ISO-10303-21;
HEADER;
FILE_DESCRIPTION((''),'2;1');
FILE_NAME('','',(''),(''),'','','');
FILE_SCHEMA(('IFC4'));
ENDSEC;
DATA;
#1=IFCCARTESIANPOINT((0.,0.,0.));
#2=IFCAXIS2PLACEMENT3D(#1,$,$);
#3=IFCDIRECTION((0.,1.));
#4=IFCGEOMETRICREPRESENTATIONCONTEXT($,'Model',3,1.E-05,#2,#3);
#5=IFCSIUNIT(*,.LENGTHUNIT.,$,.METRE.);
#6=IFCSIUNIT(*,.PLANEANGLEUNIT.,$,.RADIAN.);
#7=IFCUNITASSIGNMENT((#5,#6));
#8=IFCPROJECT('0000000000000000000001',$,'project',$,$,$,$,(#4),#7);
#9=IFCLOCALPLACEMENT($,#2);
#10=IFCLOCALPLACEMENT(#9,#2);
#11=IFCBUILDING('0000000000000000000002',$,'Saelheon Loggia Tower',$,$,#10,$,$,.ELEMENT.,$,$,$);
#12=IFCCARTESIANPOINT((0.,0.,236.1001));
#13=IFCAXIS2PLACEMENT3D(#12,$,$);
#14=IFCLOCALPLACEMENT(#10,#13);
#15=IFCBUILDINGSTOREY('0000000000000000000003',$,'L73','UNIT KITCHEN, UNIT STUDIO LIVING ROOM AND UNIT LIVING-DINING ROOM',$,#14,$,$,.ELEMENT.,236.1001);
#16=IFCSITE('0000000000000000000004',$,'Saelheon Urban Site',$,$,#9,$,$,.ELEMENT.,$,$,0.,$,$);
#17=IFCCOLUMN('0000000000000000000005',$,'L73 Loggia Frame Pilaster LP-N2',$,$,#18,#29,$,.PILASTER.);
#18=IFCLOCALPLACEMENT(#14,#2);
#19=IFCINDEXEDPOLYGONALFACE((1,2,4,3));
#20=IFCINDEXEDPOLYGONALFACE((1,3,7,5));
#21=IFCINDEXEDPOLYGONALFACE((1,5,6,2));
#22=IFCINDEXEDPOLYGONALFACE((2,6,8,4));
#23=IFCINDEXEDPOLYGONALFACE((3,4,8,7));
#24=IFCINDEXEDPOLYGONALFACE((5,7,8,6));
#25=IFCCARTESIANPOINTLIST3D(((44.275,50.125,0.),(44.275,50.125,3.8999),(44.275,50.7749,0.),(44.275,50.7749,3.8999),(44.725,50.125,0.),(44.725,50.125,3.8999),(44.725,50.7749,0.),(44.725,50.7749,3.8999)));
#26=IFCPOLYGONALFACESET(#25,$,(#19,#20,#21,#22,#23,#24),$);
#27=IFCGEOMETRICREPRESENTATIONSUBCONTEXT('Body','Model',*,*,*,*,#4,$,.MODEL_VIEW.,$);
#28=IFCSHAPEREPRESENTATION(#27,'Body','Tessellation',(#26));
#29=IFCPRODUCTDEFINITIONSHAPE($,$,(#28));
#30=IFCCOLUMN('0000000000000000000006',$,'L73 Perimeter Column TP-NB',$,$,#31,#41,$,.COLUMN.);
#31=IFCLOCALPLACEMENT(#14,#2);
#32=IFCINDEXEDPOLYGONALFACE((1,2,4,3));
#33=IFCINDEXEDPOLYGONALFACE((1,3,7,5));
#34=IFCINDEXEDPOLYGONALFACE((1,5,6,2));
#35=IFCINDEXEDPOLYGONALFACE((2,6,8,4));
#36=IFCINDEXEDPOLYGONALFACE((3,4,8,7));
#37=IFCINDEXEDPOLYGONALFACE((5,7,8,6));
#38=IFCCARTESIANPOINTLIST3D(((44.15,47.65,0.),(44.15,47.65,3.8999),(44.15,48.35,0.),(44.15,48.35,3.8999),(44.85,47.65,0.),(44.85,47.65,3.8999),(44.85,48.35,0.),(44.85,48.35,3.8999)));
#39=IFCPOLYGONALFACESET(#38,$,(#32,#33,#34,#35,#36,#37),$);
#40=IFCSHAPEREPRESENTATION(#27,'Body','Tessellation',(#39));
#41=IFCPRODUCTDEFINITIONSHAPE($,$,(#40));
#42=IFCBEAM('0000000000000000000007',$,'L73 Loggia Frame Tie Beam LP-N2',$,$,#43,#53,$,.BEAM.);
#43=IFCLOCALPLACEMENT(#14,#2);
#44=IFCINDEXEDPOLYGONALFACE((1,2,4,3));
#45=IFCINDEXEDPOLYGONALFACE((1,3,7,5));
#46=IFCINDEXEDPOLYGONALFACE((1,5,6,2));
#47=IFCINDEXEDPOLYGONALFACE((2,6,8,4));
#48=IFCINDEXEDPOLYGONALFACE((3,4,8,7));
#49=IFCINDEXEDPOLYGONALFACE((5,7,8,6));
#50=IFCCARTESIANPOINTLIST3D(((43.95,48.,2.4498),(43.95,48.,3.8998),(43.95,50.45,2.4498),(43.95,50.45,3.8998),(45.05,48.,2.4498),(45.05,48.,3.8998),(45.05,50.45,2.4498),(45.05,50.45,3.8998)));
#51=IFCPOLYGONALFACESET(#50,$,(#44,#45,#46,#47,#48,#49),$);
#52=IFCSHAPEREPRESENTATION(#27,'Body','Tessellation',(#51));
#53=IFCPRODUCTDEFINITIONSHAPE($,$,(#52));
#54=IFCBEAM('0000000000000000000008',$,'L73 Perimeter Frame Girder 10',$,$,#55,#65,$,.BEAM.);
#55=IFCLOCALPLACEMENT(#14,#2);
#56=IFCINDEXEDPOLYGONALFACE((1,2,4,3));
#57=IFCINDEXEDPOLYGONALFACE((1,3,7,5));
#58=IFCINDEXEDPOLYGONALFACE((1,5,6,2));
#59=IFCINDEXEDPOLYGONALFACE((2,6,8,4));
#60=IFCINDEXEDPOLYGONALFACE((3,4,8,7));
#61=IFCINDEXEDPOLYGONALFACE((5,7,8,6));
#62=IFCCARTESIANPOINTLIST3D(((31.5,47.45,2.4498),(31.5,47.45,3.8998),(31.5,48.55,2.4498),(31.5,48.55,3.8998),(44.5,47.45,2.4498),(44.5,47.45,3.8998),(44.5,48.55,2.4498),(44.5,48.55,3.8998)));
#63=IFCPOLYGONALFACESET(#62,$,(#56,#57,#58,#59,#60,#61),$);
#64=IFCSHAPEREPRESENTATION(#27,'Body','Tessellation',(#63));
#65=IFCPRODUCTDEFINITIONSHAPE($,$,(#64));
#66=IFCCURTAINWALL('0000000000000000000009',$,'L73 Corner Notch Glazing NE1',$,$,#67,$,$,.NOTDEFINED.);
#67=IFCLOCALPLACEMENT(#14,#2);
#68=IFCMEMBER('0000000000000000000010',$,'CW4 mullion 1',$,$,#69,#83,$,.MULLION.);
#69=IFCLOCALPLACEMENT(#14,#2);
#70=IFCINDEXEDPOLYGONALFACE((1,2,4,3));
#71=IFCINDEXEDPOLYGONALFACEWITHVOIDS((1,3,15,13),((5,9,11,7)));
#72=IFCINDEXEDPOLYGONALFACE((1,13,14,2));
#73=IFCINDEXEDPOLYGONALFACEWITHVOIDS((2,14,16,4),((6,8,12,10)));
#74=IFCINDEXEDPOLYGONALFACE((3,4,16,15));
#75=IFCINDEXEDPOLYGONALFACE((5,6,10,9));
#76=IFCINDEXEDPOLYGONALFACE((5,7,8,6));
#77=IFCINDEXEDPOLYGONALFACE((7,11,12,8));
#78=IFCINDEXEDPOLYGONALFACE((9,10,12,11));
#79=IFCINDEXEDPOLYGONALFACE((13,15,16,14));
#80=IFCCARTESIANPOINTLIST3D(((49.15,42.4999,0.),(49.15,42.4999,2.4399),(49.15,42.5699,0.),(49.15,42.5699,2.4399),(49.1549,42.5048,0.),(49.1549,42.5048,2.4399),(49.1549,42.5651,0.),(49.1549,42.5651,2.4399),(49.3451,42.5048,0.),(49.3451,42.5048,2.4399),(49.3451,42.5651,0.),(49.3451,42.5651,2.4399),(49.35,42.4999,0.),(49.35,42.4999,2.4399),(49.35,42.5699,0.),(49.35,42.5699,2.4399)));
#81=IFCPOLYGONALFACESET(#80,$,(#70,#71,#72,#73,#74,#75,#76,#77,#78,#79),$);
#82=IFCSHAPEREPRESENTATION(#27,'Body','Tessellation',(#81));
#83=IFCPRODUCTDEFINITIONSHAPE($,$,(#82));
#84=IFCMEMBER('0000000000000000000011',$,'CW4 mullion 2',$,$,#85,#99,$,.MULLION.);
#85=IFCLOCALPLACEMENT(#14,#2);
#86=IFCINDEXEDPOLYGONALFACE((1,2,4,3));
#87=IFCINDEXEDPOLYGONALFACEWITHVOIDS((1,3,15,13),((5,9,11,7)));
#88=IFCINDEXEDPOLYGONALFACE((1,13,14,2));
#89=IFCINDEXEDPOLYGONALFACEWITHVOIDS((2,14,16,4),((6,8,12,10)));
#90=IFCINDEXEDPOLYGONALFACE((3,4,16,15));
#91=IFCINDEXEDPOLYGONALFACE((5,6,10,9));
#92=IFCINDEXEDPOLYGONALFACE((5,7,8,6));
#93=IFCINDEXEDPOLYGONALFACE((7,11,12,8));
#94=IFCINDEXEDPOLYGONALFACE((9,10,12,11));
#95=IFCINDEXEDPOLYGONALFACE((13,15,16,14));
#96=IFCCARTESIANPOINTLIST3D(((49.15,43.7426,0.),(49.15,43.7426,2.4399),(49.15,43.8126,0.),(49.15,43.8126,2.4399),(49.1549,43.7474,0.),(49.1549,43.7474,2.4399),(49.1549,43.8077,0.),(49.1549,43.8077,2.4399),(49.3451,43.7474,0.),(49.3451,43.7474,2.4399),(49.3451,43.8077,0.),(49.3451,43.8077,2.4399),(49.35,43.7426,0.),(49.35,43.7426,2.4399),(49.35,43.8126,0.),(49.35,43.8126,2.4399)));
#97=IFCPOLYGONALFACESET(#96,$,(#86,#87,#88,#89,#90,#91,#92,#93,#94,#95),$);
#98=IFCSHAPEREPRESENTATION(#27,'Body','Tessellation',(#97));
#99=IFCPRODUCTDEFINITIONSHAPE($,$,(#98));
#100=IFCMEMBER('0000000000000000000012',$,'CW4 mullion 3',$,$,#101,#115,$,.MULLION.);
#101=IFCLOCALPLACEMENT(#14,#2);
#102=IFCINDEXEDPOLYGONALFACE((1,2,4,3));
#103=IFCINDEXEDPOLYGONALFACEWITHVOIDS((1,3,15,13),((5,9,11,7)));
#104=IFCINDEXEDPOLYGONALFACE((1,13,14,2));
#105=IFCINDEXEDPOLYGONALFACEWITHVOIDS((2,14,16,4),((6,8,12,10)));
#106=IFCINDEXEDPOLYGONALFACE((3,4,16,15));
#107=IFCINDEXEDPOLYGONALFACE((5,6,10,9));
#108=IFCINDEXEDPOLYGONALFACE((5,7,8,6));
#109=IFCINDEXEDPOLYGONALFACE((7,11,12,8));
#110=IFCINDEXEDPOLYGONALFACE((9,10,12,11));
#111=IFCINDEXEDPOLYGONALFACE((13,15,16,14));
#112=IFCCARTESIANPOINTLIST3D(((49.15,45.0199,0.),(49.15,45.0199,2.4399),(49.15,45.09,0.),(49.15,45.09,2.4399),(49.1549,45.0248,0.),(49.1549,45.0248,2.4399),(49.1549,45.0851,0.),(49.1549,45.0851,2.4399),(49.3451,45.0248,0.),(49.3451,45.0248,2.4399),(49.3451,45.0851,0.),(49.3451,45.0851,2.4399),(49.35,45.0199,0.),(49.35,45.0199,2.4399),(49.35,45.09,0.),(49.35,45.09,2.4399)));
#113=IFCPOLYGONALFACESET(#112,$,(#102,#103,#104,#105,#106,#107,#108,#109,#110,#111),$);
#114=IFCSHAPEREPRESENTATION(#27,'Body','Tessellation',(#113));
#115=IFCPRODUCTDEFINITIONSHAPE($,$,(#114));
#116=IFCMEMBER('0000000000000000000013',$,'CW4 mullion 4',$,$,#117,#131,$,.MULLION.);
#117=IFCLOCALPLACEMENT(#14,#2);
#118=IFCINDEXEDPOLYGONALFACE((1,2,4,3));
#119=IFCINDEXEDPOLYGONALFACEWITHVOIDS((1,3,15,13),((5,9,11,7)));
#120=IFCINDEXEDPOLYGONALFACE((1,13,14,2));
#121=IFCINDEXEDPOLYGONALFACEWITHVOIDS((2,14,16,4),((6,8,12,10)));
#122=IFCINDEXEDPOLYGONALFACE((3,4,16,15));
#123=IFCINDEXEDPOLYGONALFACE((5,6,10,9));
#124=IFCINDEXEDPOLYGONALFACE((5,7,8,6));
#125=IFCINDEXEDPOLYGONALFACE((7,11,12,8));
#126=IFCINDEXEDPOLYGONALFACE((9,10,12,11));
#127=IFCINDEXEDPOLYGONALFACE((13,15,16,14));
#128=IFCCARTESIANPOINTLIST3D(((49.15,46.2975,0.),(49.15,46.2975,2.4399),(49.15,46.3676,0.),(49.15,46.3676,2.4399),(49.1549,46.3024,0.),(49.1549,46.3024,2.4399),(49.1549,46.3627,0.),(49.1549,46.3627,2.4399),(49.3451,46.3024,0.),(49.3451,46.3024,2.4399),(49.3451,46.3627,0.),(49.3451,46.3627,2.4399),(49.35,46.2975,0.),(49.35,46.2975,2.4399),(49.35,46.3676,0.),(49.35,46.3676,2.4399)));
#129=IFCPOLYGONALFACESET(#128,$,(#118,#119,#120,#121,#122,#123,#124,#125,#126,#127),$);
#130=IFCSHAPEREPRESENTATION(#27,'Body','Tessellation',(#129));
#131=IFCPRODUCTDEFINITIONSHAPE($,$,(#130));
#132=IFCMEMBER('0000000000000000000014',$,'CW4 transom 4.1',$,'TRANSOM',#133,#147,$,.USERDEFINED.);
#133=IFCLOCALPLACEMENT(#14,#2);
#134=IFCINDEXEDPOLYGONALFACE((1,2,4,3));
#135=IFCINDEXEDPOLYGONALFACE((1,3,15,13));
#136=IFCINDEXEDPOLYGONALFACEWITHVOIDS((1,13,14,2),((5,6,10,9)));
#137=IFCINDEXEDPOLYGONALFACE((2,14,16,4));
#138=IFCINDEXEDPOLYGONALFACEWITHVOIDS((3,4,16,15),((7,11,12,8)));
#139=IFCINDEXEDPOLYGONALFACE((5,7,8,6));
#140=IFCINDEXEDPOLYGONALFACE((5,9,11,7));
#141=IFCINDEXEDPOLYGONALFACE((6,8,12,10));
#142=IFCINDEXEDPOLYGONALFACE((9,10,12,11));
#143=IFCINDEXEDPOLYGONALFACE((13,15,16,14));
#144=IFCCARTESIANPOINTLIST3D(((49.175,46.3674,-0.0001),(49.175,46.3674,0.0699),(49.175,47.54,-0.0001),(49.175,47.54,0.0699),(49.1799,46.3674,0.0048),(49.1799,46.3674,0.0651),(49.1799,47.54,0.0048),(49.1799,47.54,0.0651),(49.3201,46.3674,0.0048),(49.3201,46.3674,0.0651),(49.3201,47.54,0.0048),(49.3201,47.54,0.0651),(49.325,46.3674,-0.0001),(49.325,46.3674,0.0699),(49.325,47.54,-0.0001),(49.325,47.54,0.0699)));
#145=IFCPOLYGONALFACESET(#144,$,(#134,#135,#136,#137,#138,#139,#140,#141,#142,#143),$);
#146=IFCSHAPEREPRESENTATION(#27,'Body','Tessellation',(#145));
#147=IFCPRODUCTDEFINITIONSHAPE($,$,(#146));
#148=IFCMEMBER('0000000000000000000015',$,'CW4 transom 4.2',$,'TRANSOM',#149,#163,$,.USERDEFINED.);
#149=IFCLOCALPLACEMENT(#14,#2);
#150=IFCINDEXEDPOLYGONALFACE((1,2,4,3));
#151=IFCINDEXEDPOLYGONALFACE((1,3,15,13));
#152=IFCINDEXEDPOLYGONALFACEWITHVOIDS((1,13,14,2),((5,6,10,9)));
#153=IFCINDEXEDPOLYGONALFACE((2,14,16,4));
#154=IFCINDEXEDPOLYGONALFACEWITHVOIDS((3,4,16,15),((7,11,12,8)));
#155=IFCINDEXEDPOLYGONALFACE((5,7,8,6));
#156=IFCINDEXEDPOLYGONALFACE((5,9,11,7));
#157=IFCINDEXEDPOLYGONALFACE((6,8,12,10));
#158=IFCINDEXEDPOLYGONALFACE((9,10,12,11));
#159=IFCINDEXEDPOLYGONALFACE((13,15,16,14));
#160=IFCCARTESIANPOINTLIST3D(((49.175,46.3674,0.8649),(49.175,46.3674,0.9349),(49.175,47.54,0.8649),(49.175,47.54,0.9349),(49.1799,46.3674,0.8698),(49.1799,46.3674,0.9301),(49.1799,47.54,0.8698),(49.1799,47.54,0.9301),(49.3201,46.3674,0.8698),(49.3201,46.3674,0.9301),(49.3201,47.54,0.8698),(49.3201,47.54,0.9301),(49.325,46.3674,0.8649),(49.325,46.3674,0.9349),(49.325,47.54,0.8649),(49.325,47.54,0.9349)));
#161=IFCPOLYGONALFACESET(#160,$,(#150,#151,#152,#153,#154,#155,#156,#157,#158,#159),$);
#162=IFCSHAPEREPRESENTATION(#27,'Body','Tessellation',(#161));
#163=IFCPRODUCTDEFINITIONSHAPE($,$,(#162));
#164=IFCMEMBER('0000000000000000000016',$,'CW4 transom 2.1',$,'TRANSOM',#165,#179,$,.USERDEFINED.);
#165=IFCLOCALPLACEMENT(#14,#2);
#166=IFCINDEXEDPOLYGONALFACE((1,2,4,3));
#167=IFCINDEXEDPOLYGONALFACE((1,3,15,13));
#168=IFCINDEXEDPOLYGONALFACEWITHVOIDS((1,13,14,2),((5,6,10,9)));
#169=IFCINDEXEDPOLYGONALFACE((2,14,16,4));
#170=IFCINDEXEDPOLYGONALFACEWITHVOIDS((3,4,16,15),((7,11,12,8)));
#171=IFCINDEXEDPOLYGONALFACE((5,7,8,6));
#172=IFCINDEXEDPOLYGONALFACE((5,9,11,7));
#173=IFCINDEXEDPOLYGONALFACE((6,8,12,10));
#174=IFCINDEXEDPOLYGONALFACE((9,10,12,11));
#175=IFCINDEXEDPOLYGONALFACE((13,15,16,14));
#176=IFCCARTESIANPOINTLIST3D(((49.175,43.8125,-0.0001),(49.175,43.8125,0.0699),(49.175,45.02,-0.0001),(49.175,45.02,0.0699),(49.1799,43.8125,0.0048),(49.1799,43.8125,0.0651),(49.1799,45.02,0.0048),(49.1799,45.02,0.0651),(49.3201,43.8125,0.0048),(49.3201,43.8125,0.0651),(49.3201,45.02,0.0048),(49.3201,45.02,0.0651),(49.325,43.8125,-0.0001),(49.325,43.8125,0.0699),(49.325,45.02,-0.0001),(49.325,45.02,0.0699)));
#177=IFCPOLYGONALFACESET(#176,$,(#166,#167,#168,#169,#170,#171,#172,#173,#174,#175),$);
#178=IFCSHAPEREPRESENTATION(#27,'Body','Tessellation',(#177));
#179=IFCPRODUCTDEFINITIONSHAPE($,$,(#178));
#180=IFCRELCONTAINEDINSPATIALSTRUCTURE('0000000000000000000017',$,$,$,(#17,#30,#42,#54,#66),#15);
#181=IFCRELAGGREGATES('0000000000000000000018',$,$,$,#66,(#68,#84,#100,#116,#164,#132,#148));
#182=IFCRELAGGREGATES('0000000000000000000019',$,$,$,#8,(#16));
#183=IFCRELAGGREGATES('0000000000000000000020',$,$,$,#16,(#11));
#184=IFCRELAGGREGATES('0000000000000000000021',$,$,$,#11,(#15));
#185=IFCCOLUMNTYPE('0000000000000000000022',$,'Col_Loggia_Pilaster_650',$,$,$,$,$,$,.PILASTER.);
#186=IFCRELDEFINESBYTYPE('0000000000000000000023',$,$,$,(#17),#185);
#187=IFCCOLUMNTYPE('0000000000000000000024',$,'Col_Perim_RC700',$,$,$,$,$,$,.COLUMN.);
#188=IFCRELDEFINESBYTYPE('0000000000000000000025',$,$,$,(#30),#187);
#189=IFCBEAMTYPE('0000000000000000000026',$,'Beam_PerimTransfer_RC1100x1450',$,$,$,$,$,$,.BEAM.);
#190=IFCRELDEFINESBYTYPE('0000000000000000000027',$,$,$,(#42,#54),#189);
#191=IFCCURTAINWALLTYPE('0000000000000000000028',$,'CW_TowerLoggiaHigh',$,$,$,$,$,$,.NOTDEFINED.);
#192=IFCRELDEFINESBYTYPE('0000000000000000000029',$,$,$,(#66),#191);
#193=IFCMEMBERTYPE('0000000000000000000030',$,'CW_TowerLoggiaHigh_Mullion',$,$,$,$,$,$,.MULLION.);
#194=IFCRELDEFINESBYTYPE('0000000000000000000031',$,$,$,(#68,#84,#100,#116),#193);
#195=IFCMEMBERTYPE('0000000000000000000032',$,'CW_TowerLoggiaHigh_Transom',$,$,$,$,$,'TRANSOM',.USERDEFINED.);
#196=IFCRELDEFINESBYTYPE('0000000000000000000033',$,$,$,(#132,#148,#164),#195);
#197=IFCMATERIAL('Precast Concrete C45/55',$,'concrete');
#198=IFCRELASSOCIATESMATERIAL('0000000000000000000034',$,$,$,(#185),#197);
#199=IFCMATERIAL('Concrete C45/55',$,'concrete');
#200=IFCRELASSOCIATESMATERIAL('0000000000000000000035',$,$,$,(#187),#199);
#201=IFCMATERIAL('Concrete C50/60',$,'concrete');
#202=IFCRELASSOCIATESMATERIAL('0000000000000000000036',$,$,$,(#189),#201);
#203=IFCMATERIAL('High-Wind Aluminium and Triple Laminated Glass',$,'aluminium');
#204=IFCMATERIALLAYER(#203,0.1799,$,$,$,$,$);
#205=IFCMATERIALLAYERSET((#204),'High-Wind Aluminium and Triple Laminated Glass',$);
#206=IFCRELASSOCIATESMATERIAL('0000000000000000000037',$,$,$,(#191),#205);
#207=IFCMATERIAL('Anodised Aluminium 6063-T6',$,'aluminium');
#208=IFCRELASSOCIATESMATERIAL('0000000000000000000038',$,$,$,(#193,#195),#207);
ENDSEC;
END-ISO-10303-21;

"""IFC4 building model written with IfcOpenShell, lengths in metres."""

from ifc_helpers import new_model, si_unit, direction, frame, origin, origin_2d, place, context, subcontext, project, spatial, rectangle, hollow_rectangle, extrude, source, transform, mapped, material, layer, layer_set, material_profile, profile_set, type_object, element, aggregate, save


model = new_model("IFC4")

# Units and contexts
model_context = context("Model", 3, precision=1e-05, world=origin(), true_north=direction((0.0, 1.0)))
body_context = subcontext(model_context, "Body", "Model", "MODEL_VIEW")
ifc_project = project(units=[si_unit("LENGTHUNIT", "METRE"), si_unit("PLANEANGLEUNIT", "RADIAN")], contexts=[model_context])

# Site, building, storey
site_placement = place(None, origin())
site = spatial("IfcSite", under=ifc_project, at=site_placement, Name="Saelheon Urban Site", CompositionType="ELEMENT", RefElevation=0.0)
building_placement = place(site_placement, origin())
building = spatial("IfcBuilding", under=site, at=building_placement, Name="Saelheon Loggia Tower", CompositionType="ELEMENT")
storey_placement = place(building_placement, frame((0.0, 0.0, 236.1001)))
storey = spatial("IfcBuildingStorey", under=building, at=storey_placement, Name="L73", Description="UNIT KITCHEN, UNIT STUDIO LIVING ROOM AND UNIT LIVING-DINING ROOM", CompositionType="ELEMENT", Elevation=236.1001)

# Columns
ifc_material_1 = material(Name="Precast Concrete C45/55", Category="concrete")
ifc_material_profile_1 = material_profile(ifc_material_1, rectangle(XDim=0.45, YDim=0.6499, at=origin_2d()), Name="RC-450x650")
ifc_profile_set_1 = profile_set([ifc_material_profile_1], Name="Precast Concrete C45/55")
column_type_1 = type_object("IfcColumnType", Name="Col_Loggia_Pilaster_650", PredefinedType="PILASTER", material=ifc_profile_set_1)
shared_shape_1 = source(origin(), body_context, "Body", "SweptSolid", [
    extrude(rectangle(XDim=0.45, YDim=0.6499, at=origin_2d()), origin(), (0.0, 0.0, 1.0), 3.8999),
])
column_1_placement = place(storey_placement, frame((44.5, 50.45, 0.0), z_axis=(0.0, 0.0, 1.0), x_axis=(1.0, 0.0, 0.0)))
element("IfcColumn", 1, at=column_1_placement, inside=storey, type_object=column_type_1, Name="L73 Loggia Frame Pilaster LP-N2", PredefinedType="PILASTER", context=body_context, shape_type="MappedRepresentation", body=[
    mapped(shared_shape_1, transform((0.0, 0.0, 0.0), scale=1.0)),
])
ifc_material_2 = material(Name="Concrete C45/55", Category="concrete")
ifc_material_profile_2 = material_profile(ifc_material_2, rectangle(XDim=0.7, YDim=0.7, at=origin_2d()), Name="RC-700x700")
ifc_profile_set_2 = profile_set([ifc_material_profile_2], Name="Concrete C45/55")
column_type_2 = type_object("IfcColumnType", Name="Col_Perim_RC700", PredefinedType="COLUMN", material=ifc_profile_set_2)
shared_shape_2 = source(origin(), body_context, "Body", "SweptSolid", [
    extrude(rectangle(XDim=0.7, YDim=0.7, at=origin_2d()), origin(), (0.0, 0.0, 1.0), 3.8999),
])
column_2_placement = place(storey_placement, frame((44.5, 48.0, 0.0), z_axis=(0.0, 0.0, 1.0), x_axis=(1.0, 0.0, 0.0)))
element("IfcColumn", 2, at=column_2_placement, inside=storey, type_object=column_type_2, Name="L73 Perimeter Column TP-NB", PredefinedType="COLUMN", context=body_context, shape_type="MappedRepresentation", body=[
    mapped(shared_shape_2, transform((0.0, 0.0, 0.0), scale=1.0)),
])

# Beams
ifc_material_3 = material(Name="Concrete C50/60", Category="concrete")
ifc_material_profile_3 = material_profile(ifc_material_3, rectangle(XDim=1.1001, YDim=1.45, at=origin_2d()), Name="RC-1100x1450")
ifc_profile_set_3 = profile_set([ifc_material_profile_3], Name="Concrete C50/60")
beam_type = type_object("IfcBeamType", Name="Beam_PerimTransfer_RC1100x1450", PredefinedType="BEAM", material=ifc_profile_set_3)
shared_shape_3 = source(origin(), body_context, "Body", "SweptSolid", [
    extrude(rectangle(XDim=1.1001, YDim=1.45, at=origin_2d()), origin(), (0.0, 0.0, 1.0), 2.45),
])
beam_1_placement = place(storey_placement, frame((44.5, 48.0, 3.1748), z_axis=(0.0, 1.0, 0.0), x_axis=(-1.0, 0.0, 0.0)))
element("IfcBeam", 3, at=beam_1_placement, inside=storey, type_object=beam_type, Name="L73 Loggia Frame Tie Beam LP-N2", PredefinedType="BEAM", context=body_context, shape_type="MappedRepresentation", body=[
    mapped(shared_shape_3, transform((0.0, 0.0, 0.0), scale=1.0)),
])
shared_shape_4 = source(origin(), body_context, "Body", "SweptSolid", [
    extrude(rectangle(XDim=1.1001, YDim=1.45, at=origin_2d()), origin(), (0.0, 0.0, 1.0), 13.0),
])
beam_2_placement = place(storey_placement, frame((44.5, 48.0, 3.1748), z_axis=(-1.0, 0.0, 0.0), x_axis=(0.0, -1.0, 0.0)))
element("IfcBeam", 4, at=beam_2_placement, inside=storey, type_object=beam_type, Name="L73 Perimeter Frame Girder 10", PredefinedType="BEAM", context=body_context, shape_type="MappedRepresentation", body=[
    mapped(shared_shape_4, transform((0.0, 0.0, 0.0), scale=1.0)),
])

# Curtain wall, members
ifc_material_4 = material(Name="High-Wind Aluminium and Triple Laminated Glass", Category="aluminium")
ifc_layer_1 = layer(ifc_material_4, 0.1799)
ifc_layer_set_1 = layer_set([ifc_layer_1], Name="High-Wind Aluminium and Triple Laminated Glass")
curtain_wall_type = type_object("IfcCurtainWallType", Name="CW_TowerLoggiaHigh", PredefinedType="NOTDEFINED", material=ifc_layer_set_1)
curtain_wall_placement = place(storey_placement, origin())
curtain_wall = element("IfcCurtainWall", 5, at=curtain_wall_placement, inside=storey, type_object=curtain_wall_type, Name="L73 Corner Notch Glazing NE1", PredefinedType="NOTDEFINED")
ifc_material_5 = material(Name="Anodised Aluminium 6063-T6", Category="aluminium")
ifc_material_profile_4 = material_profile(ifc_material_5, hollow_rectangle(XDim=0.0701, YDim=0.2, WallThickness=0.0049, at=origin_2d()), Name="RHS-200x70x5")
ifc_profile_set_4 = profile_set([ifc_material_profile_4], Name="Anodised Aluminium 6063-T6")
member_type_1 = type_object("IfcMemberType", Name="CW_TowerLoggiaHigh_Mullion", PredefinedType="MULLION", material=ifc_profile_set_4)
shared_shape_5 = source(origin(), body_context, "Body", "SweptSolid", [
    extrude(hollow_rectangle(XDim=0.0701, YDim=0.2, WallThickness=0.0049, at=origin_2d()), origin(), (0.0, 0.0, 1.0), 2.4399),
])
member_1_placement = place(storey_placement, frame((49.25, 42.5349, 0.0), z_axis=(0.0, 0.0, 1.0), x_axis=(0.0, 1.0, 0.0)))
member_1 = element("IfcMember", 6, at=member_1_placement, type_object=member_type_1, Name="CW4 mullion 1", PredefinedType="MULLION", context=body_context, shape_type="MappedRepresentation", body=[
    mapped(shared_shape_5, transform((0.0, 0.0, 0.0), scale=1.0)),
])
member_2_placement = place(storey_placement, frame((49.25, 43.7776, 0.0), z_axis=(0.0, 0.0, 1.0), x_axis=(0.0, 1.0, 0.0)))
member_2 = element("IfcMember", 7, at=member_2_placement, type_object=member_type_1, Name="CW4 mullion 2", PredefinedType="MULLION", context=body_context, shape_type="MappedRepresentation", body=[
    mapped(shared_shape_5, transform((0.0, 0.0, 0.0), scale=1.0)),
])
member_3_placement = place(storey_placement, frame((49.25, 45.0549, 0.0), z_axis=(0.0, 0.0, 1.0), x_axis=(0.0, 1.0, 0.0)))
member_3 = element("IfcMember", 8, at=member_3_placement, type_object=member_type_1, Name="CW4 mullion 3", PredefinedType="MULLION", context=body_context, shape_type="MappedRepresentation", body=[
    mapped(shared_shape_5, transform((0.0, 0.0, 0.0), scale=1.0)),
])
member_4_placement = place(storey_placement, frame((49.25, 46.3325, 0.0), z_axis=(0.0, 0.0, 1.0), x_axis=(0.0, 1.0, 0.0)))
member_4 = element("IfcMember", 9, at=member_4_placement, type_object=member_type_1, Name="CW4 mullion 4", PredefinedType="MULLION", context=body_context, shape_type="MappedRepresentation", body=[
    mapped(shared_shape_5, transform((0.0, 0.0, 0.0), scale=1.0)),
])
ifc_material_profile_5 = material_profile(ifc_material_5, hollow_rectangle(XDim=0.0701, YDim=0.1499, WallThickness=0.0049, at=origin_2d()), Name="RHS-150x70x5")
ifc_profile_set_5 = profile_set([ifc_material_profile_5], Name="Anodised Aluminium 6063-T6")
member_type_2 = type_object("IfcMemberType", Name="CW_TowerLoggiaHigh_Transom", ElementType="TRANSOM", PredefinedType="USERDEFINED", material=ifc_profile_set_5)
shared_shape_6 = source(origin(), body_context, "Body", "SweptSolid", [
    extrude(hollow_rectangle(XDim=0.0701, YDim=0.1499, WallThickness=0.0049, at=origin_2d()), origin(), (0.0, 0.0, 1.0), 1.1726),
])
member_5_placement = place(storey_placement, frame((49.25, 46.3674, 0.0349), z_axis=(0.0, 1.0, 0.0), x_axis=(0.0, 0.0, 1.0)))
member_5 = element("IfcMember", 10, at=member_5_placement, type_object=member_type_2, Name="CW4 transom 4.1", ObjectType="TRANSOM", PredefinedType="USERDEFINED", context=body_context, shape_type="MappedRepresentation", body=[
    mapped(shared_shape_6, transform((0.0, 0.0, 0.0), scale=1.0)),
])
member_6_placement = place(storey_placement, frame((49.25, 46.3674, 0.8999), z_axis=(0.0, 1.0, 0.0), x_axis=(0.0, 0.0, 1.0)))
member_6 = element("IfcMember", 11, at=member_6_placement, type_object=member_type_2, Name="CW4 transom 4.2", ObjectType="TRANSOM", PredefinedType="USERDEFINED", context=body_context, shape_type="MappedRepresentation", body=[
    mapped(shared_shape_6, transform((0.0, 0.0, 0.0), scale=1.0)),
])
shared_shape_7 = source(origin(), body_context, "Body", "SweptSolid", [
    extrude(hollow_rectangle(XDim=0.0701, YDim=0.1499, WallThickness=0.0049, at=origin_2d()), origin(), (0.0, 0.0, 1.0), 1.2075),
])
member_7_placement = place(storey_placement, frame((49.25, 43.8125, 0.0349), z_axis=(0.0, 1.0, 0.0), x_axis=(0.0, 0.0, 1.0)))
member_7 = element("IfcMember", 12, at=member_7_placement, type_object=member_type_2, Name="CW4 transom 2.1", ObjectType="TRANSOM", PredefinedType="USERDEFINED", context=body_context, shape_type="MappedRepresentation", body=[
    mapped(shared_shape_7, transform((0.0, 0.0, 0.0), scale=1.0)),
])
aggregate(curtain_wall, [member_1, member_2, member_3, member_4, member_7, member_5, member_6])

save(model, "model.ifc")
